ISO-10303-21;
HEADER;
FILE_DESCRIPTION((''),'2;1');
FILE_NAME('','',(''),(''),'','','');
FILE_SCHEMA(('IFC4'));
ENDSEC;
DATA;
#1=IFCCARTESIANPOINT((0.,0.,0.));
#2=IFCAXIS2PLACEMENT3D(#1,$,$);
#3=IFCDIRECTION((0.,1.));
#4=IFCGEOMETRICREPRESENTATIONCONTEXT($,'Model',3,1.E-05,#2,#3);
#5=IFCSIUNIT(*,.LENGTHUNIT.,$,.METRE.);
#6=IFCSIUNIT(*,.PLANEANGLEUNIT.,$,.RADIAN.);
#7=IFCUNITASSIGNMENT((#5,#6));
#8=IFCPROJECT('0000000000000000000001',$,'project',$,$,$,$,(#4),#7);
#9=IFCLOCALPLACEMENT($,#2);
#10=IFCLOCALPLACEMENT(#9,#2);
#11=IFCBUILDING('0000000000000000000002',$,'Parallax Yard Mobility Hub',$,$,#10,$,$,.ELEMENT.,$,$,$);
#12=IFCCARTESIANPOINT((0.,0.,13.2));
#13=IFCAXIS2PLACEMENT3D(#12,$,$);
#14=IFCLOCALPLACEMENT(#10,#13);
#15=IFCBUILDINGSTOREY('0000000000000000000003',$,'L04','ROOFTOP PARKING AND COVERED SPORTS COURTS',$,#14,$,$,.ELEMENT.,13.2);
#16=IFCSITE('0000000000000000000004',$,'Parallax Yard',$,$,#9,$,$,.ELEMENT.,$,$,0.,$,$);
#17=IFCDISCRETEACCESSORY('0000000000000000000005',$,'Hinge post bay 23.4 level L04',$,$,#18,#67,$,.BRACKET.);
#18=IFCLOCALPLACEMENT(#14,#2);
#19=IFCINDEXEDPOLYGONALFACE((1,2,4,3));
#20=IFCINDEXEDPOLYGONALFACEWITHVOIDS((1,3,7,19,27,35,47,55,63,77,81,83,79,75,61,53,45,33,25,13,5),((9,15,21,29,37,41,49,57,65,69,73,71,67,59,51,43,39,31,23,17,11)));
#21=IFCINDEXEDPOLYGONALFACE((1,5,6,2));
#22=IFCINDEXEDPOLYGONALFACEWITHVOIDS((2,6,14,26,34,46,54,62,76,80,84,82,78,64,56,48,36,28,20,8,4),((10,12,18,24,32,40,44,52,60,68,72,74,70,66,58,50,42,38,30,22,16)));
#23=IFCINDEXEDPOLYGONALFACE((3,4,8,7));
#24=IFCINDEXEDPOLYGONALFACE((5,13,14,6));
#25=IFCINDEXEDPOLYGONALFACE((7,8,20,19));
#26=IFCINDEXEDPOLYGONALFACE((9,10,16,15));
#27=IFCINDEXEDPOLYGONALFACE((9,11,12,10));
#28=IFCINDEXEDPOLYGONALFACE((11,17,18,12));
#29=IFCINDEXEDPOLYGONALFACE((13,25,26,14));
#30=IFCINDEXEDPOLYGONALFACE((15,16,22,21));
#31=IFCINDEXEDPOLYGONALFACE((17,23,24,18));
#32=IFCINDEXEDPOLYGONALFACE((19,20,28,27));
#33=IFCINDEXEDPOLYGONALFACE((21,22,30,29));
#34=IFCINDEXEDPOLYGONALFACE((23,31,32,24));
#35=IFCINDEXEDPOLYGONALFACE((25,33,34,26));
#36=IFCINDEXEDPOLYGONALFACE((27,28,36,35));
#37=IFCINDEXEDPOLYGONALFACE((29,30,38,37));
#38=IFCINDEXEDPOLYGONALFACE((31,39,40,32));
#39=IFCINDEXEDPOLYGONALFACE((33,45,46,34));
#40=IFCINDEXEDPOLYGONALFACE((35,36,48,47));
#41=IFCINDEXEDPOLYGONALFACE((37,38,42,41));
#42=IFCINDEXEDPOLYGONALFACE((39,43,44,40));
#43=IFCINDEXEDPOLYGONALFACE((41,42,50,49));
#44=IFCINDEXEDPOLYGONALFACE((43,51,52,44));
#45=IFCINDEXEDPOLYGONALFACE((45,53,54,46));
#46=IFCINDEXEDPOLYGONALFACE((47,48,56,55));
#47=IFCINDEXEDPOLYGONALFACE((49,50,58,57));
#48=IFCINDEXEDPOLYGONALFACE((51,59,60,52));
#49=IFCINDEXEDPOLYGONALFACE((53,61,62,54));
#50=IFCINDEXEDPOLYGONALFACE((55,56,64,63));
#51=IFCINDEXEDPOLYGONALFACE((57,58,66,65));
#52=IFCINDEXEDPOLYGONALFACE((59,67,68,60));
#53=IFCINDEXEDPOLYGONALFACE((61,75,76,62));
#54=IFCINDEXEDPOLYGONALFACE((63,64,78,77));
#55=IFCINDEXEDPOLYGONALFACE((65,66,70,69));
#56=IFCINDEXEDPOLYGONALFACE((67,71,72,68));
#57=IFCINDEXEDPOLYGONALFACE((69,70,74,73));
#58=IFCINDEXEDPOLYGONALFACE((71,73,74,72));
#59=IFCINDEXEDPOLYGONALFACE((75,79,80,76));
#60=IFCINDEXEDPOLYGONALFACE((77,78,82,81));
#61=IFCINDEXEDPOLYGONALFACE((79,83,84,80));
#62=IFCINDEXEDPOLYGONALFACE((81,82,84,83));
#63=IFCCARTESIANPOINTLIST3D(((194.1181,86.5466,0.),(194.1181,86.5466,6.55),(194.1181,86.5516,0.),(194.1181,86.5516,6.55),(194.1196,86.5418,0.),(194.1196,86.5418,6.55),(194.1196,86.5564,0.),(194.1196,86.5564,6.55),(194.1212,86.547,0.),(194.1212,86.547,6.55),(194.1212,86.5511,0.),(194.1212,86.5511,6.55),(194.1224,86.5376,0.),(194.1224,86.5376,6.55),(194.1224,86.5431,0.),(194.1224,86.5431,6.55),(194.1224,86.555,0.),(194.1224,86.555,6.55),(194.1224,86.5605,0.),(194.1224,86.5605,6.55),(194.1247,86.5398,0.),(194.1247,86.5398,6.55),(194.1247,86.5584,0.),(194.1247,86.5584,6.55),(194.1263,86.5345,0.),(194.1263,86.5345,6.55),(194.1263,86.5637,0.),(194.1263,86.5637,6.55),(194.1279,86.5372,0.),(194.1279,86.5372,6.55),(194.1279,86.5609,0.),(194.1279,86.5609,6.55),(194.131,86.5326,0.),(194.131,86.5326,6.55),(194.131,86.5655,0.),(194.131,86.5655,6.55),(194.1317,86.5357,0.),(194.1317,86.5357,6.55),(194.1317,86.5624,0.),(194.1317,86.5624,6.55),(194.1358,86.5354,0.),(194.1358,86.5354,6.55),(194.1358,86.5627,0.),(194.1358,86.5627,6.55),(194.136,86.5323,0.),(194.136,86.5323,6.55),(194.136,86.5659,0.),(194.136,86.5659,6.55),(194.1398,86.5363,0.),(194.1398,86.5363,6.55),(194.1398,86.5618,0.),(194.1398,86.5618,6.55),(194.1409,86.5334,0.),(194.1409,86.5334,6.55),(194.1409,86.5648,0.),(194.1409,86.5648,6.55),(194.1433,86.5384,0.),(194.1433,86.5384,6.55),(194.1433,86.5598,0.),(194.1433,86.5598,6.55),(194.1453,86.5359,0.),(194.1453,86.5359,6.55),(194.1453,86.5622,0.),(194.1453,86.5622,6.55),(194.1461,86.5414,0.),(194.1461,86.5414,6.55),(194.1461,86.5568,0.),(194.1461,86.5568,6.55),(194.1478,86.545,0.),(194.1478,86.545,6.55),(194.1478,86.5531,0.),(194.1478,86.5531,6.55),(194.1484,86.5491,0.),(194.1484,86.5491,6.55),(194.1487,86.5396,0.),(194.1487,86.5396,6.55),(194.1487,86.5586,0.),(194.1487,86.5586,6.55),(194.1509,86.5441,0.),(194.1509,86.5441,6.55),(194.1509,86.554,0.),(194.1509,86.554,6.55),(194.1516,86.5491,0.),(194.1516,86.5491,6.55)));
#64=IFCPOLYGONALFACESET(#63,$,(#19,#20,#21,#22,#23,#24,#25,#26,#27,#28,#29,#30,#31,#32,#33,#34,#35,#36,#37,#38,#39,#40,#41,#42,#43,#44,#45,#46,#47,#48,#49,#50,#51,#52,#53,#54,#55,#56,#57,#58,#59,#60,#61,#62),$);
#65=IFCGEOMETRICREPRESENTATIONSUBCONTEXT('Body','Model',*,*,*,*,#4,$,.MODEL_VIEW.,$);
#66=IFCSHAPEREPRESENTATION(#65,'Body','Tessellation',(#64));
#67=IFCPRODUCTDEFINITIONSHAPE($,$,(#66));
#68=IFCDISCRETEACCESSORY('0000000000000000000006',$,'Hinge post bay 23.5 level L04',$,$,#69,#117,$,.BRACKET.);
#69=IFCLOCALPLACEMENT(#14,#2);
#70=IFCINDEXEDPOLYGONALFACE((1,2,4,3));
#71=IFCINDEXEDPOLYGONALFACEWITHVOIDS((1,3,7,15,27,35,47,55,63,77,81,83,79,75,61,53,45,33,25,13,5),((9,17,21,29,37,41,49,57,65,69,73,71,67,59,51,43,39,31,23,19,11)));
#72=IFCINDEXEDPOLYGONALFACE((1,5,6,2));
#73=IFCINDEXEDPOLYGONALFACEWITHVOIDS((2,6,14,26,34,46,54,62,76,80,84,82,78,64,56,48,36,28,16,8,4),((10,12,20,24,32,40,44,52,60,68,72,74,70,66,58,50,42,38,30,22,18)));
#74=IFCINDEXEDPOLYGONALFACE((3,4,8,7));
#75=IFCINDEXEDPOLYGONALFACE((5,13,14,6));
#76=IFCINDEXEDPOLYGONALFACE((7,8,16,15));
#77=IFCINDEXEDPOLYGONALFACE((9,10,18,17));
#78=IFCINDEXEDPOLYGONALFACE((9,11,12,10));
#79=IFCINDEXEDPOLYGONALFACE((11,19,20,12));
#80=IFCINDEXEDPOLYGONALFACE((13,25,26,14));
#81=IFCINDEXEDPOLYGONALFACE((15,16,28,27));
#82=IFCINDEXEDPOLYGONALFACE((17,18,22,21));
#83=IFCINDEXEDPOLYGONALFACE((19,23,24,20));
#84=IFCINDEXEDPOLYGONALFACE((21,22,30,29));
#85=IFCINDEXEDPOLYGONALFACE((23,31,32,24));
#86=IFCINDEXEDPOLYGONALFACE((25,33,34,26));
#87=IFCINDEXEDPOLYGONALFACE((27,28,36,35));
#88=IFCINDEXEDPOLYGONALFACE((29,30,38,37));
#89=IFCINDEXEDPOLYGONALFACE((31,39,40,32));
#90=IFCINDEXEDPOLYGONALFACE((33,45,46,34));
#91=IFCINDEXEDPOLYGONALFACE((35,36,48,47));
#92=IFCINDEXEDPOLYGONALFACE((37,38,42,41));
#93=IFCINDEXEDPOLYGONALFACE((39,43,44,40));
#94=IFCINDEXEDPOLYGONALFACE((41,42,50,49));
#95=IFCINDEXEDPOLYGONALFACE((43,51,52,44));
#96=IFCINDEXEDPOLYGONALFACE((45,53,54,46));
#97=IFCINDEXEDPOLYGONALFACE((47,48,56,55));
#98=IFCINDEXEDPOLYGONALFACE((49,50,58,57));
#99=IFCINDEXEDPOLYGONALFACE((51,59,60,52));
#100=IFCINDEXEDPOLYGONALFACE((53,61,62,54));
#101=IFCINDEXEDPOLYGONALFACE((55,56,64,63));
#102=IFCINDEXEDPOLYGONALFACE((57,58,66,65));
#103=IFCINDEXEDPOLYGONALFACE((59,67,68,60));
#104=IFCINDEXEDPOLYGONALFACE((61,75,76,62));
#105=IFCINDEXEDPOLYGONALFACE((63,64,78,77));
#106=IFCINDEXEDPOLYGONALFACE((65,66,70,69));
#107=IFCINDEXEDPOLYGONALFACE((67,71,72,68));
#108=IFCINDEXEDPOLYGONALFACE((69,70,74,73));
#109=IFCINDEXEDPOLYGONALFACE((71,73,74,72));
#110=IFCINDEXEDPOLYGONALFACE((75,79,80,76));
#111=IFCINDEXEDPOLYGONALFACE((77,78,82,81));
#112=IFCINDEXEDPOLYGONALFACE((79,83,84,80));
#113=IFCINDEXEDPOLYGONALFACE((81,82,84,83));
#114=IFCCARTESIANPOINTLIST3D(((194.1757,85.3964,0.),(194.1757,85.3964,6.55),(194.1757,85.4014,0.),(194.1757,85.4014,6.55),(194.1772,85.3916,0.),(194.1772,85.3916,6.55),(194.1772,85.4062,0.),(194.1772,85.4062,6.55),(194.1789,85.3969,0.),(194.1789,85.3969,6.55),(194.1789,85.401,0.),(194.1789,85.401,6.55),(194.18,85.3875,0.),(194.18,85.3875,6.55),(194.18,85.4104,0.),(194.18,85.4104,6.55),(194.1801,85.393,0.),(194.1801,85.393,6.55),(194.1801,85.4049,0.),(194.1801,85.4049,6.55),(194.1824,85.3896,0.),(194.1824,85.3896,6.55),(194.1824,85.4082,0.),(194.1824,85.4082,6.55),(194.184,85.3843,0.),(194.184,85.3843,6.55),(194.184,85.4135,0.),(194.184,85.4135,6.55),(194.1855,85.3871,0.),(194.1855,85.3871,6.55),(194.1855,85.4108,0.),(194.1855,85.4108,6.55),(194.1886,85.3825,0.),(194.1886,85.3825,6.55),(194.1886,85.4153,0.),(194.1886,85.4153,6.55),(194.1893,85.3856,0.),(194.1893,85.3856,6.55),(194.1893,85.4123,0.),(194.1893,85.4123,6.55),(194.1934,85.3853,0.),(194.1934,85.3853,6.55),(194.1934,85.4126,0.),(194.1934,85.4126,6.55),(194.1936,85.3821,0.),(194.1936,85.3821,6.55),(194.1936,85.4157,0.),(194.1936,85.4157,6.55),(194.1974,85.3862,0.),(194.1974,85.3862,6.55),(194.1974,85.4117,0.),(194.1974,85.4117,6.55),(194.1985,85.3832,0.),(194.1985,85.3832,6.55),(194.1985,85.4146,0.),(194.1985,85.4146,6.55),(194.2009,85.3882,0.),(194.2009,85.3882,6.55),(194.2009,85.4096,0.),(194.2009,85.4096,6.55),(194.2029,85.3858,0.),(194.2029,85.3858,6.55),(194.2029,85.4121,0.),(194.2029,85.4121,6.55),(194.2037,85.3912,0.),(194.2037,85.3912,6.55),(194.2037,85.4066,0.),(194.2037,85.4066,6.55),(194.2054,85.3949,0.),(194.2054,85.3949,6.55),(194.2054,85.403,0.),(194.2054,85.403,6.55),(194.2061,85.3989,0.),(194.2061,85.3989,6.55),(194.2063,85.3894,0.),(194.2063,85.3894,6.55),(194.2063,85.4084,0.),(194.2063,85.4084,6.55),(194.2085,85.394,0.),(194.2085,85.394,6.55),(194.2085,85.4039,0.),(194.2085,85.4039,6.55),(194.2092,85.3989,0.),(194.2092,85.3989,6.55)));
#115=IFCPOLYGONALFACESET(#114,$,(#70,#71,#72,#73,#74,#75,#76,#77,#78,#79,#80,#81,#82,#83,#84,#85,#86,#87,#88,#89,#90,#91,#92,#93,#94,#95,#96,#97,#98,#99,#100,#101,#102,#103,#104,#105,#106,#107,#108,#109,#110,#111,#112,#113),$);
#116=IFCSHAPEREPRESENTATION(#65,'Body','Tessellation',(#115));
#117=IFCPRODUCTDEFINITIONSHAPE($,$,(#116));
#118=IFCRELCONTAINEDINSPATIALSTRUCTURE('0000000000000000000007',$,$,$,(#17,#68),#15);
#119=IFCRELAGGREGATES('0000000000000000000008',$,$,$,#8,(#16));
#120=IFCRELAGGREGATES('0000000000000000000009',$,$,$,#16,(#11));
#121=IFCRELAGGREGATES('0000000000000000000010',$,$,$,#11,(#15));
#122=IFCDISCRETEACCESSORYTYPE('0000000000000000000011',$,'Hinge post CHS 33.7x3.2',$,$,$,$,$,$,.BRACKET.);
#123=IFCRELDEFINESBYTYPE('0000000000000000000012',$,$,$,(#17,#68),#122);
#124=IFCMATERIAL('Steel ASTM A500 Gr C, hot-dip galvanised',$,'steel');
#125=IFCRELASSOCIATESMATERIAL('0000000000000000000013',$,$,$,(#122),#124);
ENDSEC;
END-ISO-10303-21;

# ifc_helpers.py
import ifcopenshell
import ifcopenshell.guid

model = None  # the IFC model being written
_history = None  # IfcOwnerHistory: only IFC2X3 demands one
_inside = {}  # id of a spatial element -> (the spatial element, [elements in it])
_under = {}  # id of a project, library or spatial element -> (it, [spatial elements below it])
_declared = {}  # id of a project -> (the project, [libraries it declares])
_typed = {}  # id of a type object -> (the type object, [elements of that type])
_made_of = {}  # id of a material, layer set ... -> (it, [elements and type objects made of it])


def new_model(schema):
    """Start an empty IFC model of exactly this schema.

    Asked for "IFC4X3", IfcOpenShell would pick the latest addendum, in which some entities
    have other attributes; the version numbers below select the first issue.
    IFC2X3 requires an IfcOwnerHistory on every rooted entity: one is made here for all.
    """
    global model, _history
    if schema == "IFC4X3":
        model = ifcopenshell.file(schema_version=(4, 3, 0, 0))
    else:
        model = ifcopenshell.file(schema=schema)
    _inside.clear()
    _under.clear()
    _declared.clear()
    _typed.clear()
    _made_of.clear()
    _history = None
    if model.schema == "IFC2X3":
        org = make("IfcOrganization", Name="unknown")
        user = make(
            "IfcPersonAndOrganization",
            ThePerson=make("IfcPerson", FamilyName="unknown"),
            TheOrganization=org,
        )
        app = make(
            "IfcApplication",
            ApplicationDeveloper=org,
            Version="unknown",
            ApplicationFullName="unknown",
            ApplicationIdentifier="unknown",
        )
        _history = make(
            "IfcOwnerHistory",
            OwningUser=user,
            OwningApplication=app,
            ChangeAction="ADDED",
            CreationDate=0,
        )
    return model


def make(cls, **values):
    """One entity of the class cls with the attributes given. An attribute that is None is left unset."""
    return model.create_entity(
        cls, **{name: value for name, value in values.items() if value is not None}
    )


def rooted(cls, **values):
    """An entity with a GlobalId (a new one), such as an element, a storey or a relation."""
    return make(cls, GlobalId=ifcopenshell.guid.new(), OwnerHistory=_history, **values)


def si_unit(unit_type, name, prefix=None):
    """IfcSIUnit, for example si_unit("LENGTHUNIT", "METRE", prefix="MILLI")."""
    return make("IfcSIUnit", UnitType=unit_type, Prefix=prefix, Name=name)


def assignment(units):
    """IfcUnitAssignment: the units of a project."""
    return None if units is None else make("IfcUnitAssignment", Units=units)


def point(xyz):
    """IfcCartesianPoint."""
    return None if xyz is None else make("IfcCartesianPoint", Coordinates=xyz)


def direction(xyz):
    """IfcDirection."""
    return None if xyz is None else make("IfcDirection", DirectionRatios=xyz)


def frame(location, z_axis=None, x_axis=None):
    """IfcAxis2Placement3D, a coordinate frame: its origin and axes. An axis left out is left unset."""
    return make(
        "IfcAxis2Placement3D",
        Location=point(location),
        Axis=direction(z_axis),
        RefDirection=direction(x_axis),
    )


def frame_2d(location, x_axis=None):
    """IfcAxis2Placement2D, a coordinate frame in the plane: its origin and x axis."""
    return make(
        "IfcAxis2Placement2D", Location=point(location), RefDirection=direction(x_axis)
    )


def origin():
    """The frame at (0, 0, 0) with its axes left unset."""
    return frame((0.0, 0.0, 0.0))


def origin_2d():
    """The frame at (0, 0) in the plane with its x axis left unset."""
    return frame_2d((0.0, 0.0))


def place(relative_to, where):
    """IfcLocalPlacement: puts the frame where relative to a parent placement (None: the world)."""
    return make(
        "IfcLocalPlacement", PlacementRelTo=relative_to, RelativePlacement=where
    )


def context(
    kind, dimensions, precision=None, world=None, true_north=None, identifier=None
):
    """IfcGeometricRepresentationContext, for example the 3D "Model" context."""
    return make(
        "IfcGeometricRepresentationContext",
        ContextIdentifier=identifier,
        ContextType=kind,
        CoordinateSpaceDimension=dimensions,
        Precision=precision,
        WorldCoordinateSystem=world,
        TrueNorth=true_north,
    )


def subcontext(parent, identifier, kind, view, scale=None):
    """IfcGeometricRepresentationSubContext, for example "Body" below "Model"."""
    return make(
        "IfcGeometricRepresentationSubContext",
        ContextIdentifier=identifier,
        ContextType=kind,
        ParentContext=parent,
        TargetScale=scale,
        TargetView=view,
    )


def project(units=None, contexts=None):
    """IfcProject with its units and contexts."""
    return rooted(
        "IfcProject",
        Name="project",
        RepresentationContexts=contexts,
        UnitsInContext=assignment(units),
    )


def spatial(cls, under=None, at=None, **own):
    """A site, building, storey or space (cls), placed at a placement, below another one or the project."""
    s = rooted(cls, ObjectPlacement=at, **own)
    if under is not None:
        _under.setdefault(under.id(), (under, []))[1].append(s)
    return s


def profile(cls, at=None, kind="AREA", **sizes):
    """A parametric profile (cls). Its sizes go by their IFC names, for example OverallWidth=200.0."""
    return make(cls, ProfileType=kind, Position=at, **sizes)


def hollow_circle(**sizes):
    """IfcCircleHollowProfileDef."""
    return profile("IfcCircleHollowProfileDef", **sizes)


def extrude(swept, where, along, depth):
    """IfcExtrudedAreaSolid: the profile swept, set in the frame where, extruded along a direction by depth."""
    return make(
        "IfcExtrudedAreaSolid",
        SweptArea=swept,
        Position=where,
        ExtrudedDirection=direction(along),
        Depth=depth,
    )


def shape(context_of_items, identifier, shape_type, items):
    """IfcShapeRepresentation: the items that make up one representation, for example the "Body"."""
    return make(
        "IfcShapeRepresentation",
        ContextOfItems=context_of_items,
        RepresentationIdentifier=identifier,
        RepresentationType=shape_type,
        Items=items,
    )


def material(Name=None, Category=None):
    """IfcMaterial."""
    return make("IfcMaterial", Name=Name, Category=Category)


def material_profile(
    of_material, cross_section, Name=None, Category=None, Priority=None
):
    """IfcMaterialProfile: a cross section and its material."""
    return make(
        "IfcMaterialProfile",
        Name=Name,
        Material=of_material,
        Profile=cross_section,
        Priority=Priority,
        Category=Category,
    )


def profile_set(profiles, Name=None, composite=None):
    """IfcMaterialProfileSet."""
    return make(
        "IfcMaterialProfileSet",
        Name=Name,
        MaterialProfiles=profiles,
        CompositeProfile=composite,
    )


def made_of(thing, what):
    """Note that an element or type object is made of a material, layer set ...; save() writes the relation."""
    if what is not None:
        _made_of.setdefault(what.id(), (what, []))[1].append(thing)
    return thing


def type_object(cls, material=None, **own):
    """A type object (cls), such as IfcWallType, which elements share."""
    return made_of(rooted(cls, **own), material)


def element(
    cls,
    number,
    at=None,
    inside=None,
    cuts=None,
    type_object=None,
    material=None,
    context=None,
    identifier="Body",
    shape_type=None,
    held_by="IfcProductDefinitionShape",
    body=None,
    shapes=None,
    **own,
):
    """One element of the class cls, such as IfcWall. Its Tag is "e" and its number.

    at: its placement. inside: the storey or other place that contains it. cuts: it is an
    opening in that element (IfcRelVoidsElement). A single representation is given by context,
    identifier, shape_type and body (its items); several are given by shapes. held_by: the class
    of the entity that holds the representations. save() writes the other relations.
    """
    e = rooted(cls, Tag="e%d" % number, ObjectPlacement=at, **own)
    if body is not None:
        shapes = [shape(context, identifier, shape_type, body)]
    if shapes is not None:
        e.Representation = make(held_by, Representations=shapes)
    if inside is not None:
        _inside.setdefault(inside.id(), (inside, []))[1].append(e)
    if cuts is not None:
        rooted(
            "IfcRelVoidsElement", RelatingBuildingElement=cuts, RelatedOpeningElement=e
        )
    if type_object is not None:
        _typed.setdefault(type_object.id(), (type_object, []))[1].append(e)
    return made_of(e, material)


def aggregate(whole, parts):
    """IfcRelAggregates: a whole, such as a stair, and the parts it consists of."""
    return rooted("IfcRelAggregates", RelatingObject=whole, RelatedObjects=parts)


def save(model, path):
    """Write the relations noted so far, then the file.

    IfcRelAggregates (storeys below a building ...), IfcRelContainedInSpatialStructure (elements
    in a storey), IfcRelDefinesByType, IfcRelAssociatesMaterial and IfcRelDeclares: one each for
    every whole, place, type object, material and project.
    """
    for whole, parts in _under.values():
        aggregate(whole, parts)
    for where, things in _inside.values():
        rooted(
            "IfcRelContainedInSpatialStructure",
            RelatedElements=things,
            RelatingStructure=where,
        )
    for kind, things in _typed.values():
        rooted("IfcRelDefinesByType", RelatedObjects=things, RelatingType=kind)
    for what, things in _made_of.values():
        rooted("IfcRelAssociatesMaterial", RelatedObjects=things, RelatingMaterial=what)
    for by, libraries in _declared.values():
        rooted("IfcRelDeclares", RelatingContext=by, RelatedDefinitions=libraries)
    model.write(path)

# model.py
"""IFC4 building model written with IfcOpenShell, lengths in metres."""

from ifc_helpers import new_model, si_unit, direction, frame, origin, origin_2d, place, context, subcontext, project, spatial, hollow_circle, extrude, material, material_profile, profile_set, type_object, element, save


model = new_model("IFC4")

# Units and contexts
model_context = context("Model", 3, precision=1e-05, world=origin(), true_north=direction((0.0, 1.0)))
body_context = subcontext(model_context, "Body", "Model", "MODEL_VIEW")
ifc_project = project(units=[si_unit("LENGTHUNIT", "METRE"), si_unit("PLANEANGLEUNIT", "RADIAN")], contexts=[model_context])

# Site, building, storey
site_placement = place(None, origin())
site = spatial("IfcSite", under=ifc_project, at=site_placement, Name="Parallax Yard", CompositionType="ELEMENT", RefElevation=0.0)
building_placement = place(site_placement, origin())
building = spatial("IfcBuilding", under=site, at=building_placement, Name="Parallax Yard Mobility Hub", CompositionType="ELEMENT")
storey_placement = place(building_placement, frame((0.0, 0.0, 13.2)))
storey = spatial("IfcBuildingStorey", under=building, at=storey_placement, Name="L04", Description="ROOFTOP PARKING AND COVERED SPORTS COURTS", CompositionType="ELEMENT", Elevation=13.2)

# Discrete accessories
ifc_material_1 = material(Name="Steel ASTM A500 Gr C, hot-dip galvanised", Category="steel")
ifc_material_profile = material_profile(ifc_material_1, hollow_circle(Radius=0.0168, WallThickness=0.0032, at=origin_2d()), Name="CHS 33.7x3.2")
ifc_profile_set = profile_set([ifc_material_profile], Name="Steel ASTM A500 Gr C, hot-dip galvanised")
discrete_accessory_type_1 = type_object("IfcDiscreteAccessoryType", Name="Hinge post CHS 33.7x3.2", PredefinedType="BRACKET", material=ifc_profile_set)
for number, where, z_axis, x_axis, name in (
    (1, (194.1348, 86.5491, 0.0), (0.0, 0.0, 1.0), (1.0, 0.0, 0.0), "Hinge post bay 23.4 level L04"),
    (2, (194.1924, 85.3989, 0.0), (0.0, 0.0, 1.0), (1.0, 0.0, 0.0), "Hinge post bay 23.5 level L04"),
):
    element("IfcDiscreteAccessory", number, at=place(storey_placement, frame(where, z_axis=z_axis, x_axis=x_axis)), inside=storey, type_object=discrete_accessory_type_1, Name=name, PredefinedType="BRACKET", context=body_context, shape_type="SweptSolid", body=[
        extrude(hollow_circle(Radius=0.0168, WallThickness=0.0032, at=origin_2d()), origin(), (0.0, 0.0, 1.0), 6.55),
    ])

save(model, "model.ifc")
